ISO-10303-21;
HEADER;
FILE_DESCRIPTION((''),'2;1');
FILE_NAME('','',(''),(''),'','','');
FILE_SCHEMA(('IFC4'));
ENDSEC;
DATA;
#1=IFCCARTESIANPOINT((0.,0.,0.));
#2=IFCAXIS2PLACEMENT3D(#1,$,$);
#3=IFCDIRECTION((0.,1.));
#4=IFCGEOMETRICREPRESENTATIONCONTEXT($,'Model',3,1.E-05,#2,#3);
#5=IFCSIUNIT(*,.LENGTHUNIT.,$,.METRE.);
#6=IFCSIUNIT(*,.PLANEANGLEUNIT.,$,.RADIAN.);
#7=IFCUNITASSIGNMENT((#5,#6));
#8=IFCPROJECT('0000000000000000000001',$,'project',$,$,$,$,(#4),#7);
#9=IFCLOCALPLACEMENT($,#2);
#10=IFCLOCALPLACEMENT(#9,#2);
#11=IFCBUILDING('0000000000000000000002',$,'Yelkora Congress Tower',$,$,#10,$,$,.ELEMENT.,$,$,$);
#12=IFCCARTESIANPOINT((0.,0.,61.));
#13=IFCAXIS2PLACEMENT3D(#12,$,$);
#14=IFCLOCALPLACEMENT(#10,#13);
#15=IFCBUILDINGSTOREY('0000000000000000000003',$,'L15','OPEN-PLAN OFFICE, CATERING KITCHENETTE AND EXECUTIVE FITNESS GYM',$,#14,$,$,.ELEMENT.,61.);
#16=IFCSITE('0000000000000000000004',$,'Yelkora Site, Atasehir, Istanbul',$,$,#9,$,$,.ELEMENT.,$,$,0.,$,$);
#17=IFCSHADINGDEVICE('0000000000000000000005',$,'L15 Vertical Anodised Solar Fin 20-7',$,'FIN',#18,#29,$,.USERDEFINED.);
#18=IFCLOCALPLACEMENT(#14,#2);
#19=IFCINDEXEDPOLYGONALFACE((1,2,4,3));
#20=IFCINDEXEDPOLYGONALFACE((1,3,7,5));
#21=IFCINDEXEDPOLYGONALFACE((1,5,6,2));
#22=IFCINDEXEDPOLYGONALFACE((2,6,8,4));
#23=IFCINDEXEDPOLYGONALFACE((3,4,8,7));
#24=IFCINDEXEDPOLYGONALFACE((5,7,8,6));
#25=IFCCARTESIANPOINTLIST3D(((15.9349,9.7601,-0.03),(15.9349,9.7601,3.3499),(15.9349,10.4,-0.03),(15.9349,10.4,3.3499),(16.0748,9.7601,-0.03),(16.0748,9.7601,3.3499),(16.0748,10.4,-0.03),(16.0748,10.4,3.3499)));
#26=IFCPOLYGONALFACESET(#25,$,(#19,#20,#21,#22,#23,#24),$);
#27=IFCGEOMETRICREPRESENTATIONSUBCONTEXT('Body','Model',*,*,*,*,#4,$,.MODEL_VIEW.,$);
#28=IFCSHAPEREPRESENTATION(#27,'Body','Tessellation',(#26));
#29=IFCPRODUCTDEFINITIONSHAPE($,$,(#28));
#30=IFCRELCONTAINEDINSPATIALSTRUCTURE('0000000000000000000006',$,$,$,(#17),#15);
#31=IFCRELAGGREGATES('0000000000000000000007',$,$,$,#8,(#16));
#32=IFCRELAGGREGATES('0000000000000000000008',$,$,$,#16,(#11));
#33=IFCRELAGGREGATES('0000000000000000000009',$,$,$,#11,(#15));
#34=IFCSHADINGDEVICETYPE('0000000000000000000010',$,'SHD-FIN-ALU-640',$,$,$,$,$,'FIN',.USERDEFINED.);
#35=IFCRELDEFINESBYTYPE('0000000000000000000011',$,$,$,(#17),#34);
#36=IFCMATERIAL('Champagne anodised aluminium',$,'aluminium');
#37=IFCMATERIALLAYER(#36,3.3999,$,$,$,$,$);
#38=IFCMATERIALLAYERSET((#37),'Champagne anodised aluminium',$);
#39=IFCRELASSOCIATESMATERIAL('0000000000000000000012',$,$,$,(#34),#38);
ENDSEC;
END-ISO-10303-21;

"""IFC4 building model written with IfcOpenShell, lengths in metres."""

from ifc_helpers import new_model, si_unit, direction, frame, origin, origin_2d, place, context, subcontext, project, spatial, rectangle, extrude, material, layer, layer_set, type_object, element, save


model = new_model("IFC4")

# Units and contexts
model_context = context("Model", 3, precision=1e-05, world=origin(), true_north=direction((0.0, 1.0)))
body_context = subcontext(model_context, "Body", "Model", "MODEL_VIEW")
ifc_project = project(units=[si_unit("LENGTHUNIT", "METRE"), si_unit("PLANEANGLEUNIT", "RADIAN")], contexts=[model_context])

# Site, building, storey
site_placement = place(None, origin())
site = spatial("IfcSite", under=ifc_project, at=site_placement, Name="Yelkora Site, Atasehir, Istanbul", CompositionType="ELEMENT", RefElevation=0.0)
building_placement = place(site_placement, origin())
building = spatial("IfcBuilding", under=site, at=building_placement, Name="Yelkora Congress Tower", CompositionType="ELEMENT")
storey_placement = place(building_placement, frame((0.0, 0.0, 61.0)))
storey = spatial("IfcBuildingStorey", under=building, at=storey_placement, Name="L15", Description="OPEN-PLAN OFFICE, CATERING KITCHENETTE AND EXECUTIVE FITNESS GYM", CompositionType="ELEMENT", Elevation=61.0)

# Shading device
ifc_material_1 = material(Name="Champagne anodised aluminium", Category="aluminium")
ifc_layer_1 = layer(ifc_material_1, 3.3999)
ifc_layer_set_1 = layer_set([ifc_layer_1], Name="Champagne anodised aluminium")
shading_device_type = type_object("IfcShadingDeviceType", Name="SHD-FIN-ALU-640", ElementType="FIN", PredefinedType="USERDEFINED", material=ifc_layer_set_1)
shading_device_placement = place(storey_placement, frame((16.0049, 10.0801, -0.03), z_axis=(0.0, 0.0, 1.0), x_axis=(-1.0, 0.0, 0.0)))
element("IfcShadingDevice", 1, at=shading_device_placement, inside=storey, type_object=shading_device_type, Name="L15 Vertical Anodised Solar Fin 20-7", ObjectType="FIN", PredefinedType="USERDEFINED", context=body_context, shape_type="SweptSolid", body=[
    extrude(rectangle(XDim=0.1399, YDim=0.6399, at=origin_2d()), origin(), (0.0, 0.0, 1.0), 3.3799),
])

save(model, "model.ifc")
